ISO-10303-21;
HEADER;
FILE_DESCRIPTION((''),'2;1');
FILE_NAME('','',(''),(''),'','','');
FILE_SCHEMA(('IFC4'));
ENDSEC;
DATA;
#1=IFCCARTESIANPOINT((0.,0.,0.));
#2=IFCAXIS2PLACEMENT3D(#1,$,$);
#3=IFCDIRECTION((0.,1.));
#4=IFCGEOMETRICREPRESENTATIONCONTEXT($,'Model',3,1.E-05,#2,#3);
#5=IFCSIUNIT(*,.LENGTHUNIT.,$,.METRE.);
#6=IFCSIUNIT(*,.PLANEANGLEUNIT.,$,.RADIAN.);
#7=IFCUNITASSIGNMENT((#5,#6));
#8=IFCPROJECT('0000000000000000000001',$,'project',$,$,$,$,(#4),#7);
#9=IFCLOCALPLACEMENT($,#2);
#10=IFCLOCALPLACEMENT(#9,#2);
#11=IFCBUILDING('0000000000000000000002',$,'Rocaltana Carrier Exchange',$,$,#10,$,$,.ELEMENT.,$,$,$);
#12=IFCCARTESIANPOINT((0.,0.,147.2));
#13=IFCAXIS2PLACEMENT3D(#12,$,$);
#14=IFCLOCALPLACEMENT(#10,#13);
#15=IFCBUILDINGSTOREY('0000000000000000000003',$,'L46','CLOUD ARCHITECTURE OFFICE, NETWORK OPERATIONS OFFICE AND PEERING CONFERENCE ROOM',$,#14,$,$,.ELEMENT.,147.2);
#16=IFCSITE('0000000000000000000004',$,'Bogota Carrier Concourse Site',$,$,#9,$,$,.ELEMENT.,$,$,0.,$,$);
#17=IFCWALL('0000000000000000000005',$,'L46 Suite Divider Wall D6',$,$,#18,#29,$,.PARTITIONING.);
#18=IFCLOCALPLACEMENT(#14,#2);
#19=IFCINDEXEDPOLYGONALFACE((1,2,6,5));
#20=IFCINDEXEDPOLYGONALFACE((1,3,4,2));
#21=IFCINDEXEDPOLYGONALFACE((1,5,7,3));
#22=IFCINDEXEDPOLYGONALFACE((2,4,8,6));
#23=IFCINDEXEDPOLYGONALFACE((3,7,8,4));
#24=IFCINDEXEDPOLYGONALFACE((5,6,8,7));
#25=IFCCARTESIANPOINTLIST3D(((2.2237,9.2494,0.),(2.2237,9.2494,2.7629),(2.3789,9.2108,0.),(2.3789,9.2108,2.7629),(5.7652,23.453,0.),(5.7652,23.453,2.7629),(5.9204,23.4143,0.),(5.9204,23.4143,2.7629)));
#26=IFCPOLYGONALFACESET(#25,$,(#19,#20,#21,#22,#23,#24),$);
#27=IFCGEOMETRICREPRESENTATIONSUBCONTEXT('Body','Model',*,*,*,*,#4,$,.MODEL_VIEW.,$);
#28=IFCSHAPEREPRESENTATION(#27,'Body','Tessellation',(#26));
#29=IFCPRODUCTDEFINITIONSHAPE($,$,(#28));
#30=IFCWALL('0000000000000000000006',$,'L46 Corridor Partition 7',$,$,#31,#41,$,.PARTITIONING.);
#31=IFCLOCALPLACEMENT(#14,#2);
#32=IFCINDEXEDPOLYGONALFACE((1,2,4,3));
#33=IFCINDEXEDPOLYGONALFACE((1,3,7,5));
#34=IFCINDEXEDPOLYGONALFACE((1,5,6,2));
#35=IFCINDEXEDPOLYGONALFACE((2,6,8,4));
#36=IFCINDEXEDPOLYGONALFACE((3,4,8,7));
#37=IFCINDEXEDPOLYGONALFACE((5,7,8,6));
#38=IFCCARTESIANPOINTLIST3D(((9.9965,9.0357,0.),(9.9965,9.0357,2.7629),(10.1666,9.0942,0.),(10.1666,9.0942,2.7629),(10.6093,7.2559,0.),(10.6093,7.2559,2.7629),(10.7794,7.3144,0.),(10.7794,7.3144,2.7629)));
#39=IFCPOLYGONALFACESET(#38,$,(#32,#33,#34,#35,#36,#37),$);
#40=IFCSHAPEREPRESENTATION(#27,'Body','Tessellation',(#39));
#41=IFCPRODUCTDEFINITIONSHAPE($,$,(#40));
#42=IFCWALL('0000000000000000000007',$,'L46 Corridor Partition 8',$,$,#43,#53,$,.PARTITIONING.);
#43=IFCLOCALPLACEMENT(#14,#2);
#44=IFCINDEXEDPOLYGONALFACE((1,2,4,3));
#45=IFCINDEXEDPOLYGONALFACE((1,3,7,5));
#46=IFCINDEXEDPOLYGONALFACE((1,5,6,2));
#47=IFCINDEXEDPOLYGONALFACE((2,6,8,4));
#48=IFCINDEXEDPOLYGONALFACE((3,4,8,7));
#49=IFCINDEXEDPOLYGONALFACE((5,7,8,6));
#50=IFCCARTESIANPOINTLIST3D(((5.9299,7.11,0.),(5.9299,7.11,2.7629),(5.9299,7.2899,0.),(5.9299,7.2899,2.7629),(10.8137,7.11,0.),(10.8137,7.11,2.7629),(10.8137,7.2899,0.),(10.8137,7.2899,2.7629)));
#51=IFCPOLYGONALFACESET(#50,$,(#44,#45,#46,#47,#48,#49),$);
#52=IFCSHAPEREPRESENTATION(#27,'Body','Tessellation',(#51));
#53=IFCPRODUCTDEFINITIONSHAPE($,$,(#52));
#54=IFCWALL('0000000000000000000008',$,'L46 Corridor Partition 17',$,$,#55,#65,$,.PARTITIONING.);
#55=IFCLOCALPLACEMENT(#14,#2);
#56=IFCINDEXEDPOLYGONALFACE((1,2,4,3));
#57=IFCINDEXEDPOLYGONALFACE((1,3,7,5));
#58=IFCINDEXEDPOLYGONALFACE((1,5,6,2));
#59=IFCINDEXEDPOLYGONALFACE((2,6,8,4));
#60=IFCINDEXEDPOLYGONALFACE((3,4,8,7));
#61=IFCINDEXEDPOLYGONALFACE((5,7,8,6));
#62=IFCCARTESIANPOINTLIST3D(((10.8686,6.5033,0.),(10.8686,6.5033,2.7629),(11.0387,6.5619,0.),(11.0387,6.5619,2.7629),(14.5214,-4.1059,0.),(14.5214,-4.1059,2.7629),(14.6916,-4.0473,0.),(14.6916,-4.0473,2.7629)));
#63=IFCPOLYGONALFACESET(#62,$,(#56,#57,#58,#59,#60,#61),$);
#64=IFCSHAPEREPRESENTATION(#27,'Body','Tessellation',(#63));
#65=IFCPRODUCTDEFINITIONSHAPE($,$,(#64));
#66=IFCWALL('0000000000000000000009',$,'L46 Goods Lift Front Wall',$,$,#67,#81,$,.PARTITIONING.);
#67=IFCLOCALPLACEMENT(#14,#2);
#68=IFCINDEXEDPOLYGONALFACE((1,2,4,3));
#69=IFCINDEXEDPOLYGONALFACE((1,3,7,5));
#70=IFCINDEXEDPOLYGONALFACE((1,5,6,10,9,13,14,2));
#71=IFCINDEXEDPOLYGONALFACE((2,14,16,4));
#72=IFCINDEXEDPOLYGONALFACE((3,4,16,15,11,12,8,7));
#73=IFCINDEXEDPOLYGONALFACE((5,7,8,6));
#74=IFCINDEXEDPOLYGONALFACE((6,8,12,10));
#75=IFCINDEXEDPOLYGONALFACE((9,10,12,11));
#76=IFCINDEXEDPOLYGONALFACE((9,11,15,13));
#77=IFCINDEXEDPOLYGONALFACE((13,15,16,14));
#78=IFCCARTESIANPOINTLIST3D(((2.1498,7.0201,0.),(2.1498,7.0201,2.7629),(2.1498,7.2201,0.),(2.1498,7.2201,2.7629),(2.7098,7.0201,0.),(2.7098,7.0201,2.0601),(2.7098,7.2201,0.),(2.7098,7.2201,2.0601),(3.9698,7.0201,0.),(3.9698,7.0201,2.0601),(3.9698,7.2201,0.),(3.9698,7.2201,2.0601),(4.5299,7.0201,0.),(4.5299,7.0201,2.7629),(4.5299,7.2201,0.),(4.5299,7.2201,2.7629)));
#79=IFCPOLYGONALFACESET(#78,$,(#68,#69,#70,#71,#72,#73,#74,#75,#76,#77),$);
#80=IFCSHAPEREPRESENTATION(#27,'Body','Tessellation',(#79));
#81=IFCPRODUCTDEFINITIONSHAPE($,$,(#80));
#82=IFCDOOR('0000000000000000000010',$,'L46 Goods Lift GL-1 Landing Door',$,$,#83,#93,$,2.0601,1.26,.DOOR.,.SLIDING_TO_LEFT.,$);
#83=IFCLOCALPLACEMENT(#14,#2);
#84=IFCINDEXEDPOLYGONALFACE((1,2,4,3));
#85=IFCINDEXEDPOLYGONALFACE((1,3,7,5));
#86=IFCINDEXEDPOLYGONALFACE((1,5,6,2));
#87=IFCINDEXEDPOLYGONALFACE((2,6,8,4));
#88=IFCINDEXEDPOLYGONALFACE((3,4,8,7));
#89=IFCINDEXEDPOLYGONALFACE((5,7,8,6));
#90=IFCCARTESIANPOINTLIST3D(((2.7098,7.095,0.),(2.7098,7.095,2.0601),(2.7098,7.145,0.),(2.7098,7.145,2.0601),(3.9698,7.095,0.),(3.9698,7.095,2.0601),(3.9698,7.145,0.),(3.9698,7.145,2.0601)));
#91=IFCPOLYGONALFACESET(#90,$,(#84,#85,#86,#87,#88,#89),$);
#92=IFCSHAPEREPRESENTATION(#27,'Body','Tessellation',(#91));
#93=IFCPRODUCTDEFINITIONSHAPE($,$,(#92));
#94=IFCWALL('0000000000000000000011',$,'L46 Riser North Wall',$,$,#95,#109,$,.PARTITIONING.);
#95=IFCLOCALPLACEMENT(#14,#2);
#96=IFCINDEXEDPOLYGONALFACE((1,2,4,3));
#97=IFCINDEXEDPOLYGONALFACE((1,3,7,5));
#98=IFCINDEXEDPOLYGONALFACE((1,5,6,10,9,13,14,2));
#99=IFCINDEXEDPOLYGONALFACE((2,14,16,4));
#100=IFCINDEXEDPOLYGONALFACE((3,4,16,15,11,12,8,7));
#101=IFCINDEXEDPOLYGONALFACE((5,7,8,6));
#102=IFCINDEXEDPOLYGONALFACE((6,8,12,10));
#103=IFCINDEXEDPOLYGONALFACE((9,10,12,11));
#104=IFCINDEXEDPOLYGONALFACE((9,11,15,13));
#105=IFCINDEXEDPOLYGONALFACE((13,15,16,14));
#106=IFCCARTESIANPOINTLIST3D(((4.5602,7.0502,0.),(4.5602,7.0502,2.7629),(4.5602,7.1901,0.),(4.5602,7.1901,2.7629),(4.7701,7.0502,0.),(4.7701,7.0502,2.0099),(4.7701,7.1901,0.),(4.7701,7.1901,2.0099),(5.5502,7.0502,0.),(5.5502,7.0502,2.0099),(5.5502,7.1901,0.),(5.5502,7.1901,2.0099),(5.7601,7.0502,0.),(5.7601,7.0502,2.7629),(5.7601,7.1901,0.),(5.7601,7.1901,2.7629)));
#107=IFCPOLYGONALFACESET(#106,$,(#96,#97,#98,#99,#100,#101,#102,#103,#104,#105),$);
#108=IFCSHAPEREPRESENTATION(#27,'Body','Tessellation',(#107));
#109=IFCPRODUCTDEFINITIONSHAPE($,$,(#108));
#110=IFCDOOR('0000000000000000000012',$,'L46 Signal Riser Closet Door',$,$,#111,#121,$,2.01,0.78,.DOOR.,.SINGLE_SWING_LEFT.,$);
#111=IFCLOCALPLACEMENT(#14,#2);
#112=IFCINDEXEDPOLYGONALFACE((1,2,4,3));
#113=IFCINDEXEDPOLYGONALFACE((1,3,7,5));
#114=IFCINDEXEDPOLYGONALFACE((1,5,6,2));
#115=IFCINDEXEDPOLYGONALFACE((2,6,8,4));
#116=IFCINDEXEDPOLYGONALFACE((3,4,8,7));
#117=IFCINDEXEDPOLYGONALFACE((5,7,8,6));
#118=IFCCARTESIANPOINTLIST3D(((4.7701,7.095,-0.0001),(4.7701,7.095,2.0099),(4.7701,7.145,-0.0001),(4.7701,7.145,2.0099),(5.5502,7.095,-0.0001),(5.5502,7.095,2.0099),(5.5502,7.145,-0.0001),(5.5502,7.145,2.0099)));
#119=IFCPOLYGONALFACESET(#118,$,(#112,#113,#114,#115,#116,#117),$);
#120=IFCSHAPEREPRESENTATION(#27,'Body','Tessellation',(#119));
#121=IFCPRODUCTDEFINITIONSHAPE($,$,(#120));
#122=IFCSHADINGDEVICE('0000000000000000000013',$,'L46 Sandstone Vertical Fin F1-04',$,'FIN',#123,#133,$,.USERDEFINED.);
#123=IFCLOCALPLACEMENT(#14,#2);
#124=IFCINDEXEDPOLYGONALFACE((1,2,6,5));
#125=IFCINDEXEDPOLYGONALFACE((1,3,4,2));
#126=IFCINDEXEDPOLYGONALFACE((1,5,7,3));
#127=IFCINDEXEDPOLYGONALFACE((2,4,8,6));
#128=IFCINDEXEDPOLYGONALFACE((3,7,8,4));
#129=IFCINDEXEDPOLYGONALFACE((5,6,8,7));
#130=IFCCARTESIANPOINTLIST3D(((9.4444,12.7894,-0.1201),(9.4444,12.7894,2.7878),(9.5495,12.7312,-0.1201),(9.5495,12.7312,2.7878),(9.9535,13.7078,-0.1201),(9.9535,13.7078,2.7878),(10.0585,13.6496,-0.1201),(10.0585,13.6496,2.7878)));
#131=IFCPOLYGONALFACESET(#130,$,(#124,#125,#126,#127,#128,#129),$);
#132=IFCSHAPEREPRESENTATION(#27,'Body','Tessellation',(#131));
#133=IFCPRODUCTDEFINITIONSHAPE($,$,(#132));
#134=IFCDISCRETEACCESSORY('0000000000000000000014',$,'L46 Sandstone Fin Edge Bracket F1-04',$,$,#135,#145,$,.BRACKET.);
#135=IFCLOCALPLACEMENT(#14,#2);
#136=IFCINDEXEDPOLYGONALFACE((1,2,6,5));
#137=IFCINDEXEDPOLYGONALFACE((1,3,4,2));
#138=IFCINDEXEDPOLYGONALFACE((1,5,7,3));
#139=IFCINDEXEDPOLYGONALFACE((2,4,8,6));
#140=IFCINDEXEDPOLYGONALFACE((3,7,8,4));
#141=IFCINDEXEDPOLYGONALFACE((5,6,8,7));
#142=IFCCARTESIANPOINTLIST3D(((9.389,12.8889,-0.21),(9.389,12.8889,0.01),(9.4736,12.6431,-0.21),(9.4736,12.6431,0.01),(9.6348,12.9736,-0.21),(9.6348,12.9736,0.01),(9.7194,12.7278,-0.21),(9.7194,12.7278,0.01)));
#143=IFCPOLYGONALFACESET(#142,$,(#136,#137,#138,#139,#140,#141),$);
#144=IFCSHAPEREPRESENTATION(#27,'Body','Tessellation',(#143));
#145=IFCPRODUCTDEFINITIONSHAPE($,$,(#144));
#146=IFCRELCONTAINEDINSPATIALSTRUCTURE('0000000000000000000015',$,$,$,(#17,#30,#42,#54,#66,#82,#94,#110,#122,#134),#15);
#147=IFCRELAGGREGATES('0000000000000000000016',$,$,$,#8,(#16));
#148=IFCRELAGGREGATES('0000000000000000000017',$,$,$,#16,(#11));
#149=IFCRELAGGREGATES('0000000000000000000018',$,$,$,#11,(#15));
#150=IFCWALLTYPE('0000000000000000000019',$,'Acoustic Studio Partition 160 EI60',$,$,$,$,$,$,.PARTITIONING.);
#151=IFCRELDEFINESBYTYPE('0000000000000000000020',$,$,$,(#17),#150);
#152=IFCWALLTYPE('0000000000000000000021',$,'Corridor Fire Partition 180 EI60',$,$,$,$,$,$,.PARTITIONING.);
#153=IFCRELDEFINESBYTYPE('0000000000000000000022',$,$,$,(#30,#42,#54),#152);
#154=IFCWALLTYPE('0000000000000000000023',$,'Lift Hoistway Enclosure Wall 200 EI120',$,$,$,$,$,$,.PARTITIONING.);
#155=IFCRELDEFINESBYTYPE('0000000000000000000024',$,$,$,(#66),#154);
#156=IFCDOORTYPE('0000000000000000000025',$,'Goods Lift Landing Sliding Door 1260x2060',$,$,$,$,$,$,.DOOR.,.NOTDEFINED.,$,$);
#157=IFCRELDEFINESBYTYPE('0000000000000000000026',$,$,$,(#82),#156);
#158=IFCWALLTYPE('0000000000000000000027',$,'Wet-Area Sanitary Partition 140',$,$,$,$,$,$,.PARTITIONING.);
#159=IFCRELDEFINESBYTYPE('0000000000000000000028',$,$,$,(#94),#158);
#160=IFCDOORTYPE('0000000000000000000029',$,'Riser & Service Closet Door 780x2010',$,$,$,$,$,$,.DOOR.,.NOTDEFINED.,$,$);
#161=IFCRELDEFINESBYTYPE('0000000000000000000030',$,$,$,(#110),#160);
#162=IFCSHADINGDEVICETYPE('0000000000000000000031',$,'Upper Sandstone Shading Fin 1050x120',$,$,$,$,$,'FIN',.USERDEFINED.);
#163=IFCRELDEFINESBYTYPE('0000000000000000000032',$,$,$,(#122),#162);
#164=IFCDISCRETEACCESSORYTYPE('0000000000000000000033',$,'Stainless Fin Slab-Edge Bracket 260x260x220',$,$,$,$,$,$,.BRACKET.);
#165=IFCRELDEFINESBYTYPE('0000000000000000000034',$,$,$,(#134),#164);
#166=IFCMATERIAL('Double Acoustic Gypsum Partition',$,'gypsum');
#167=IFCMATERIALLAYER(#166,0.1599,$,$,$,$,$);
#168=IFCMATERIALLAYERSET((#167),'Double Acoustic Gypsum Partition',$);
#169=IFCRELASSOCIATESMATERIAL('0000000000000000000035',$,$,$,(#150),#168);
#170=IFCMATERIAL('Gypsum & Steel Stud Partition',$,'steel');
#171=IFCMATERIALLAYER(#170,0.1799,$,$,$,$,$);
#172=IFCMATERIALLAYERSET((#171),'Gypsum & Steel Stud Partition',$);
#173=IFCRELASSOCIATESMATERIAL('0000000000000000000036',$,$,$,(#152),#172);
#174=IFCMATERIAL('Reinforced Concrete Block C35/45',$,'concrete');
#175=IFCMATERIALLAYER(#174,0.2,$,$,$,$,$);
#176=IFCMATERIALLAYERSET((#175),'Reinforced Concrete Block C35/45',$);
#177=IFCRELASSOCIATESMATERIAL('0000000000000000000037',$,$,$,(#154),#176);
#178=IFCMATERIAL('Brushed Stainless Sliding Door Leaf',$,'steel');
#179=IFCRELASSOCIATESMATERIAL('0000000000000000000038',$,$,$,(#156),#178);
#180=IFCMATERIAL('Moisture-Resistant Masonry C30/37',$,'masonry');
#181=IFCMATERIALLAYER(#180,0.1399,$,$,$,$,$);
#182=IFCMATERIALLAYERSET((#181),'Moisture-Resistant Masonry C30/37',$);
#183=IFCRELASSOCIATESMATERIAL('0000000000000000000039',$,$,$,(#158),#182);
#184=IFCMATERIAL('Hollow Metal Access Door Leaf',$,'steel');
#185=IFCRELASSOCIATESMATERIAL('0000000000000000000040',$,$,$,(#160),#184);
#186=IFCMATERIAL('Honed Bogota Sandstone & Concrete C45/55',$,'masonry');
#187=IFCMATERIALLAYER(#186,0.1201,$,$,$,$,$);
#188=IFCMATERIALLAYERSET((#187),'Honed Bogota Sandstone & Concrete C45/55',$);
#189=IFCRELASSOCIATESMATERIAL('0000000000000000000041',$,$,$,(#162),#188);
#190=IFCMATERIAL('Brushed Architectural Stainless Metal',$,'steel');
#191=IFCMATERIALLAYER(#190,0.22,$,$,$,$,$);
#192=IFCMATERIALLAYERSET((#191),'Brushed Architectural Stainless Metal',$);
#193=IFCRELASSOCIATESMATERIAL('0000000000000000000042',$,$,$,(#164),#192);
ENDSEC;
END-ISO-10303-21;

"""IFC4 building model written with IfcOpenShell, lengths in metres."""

from ifc_helpers import new_model, si_unit, direction, frame, frame_2d, origin, origin_2d, place, context, subcontext, project, spatial, rectangle, extrude, material, layer, layer_set, type_object, element, fill, save


model = new_model("IFC4")

# Units and contexts
model_context = context("Model", 3, precision=1e-05, world=origin(), true_north=direction((0.0, 1.0)))
body_context = subcontext(model_context, "Body", "Model", "MODEL_VIEW")
ifc_project = project(units=[si_unit("LENGTHUNIT", "METRE"), si_unit("PLANEANGLEUNIT", "RADIAN")], contexts=[model_context])

# Site, building, storey
site_placement = place(None, origin())
site = spatial("IfcSite", under=ifc_project, at=site_placement, Name="Bogota Carrier Concourse Site", CompositionType="ELEMENT", RefElevation=0.0)
building_placement = place(site_placement, origin())
building = spatial("IfcBuilding", under=site, at=building_placement, Name="Rocaltana Carrier Exchange", CompositionType="ELEMENT")
storey_placement = place(building_placement, frame((0.0, 0.0, 147.2)))
storey = spatial("IfcBuildingStorey", under=building, at=storey_placement, Name="L46", Description="CLOUD ARCHITECTURE OFFICE, NETWORK OPERATIONS OFFICE AND PEERING CONFERENCE ROOM", CompositionType="ELEMENT", Elevation=147.2)

# Walls
ifc_material_1 = material(Name="Double Acoustic Gypsum Partition", Category="gypsum")
ifc_layer_1 = layer(ifc_material_1, 0.1599)
ifc_layer_set_1 = layer_set([ifc_layer_1], Name="Double Acoustic Gypsum Partition")
wall_type_1 = type_object("IfcWallType", Name="Acoustic Studio Partition 160 EI60", PredefinedType="PARTITIONING", material=ifc_layer_set_1)
wall_1_placement = place(storey_placement, frame((2.3013, 9.23, 0.0), z_axis=(0.0, 0.0, 1.0), x_axis=(0.241931, 0.970293, 0.0)))
element("IfcWall", 1, at=wall_1_placement, inside=storey, type_object=wall_type_1, Name="L46 Suite Divider Wall D6", PredefinedType="PARTITIONING", context=body_context, shape_type="SweptSolid", body=[
    extrude(rectangle(XDim=14.6384, YDim=0.1599, at=frame_2d((7.3193, 0.0))), origin(), (0.0, 0.0, 1.0), 2.7629),
])
ifc_material_2 = material(Name="Gypsum & Steel Stud Partition", Category="steel")
ifc_layer_2 = layer(ifc_material_2, 0.1799)
ifc_layer_set_2 = layer_set([ifc_layer_2], Name="Gypsum & Steel Stud Partition")
wall_type_2 = type_object("IfcWallType", Name="Corridor Fire Partition 180 EI60", PredefinedType="PARTITIONING", material=ifc_layer_set_2)
wall_2_placement = place(storey_placement, frame((10.0815, 9.0649, 0.0), z_axis=(0.0, 0.0, 1.0), x_axis=(0.325551, -0.945524, 0.0)))
element("IfcWall", 2, at=wall_2_placement, inside=storey, type_object=wall_type_2, Name="L46 Corridor Partition 7", PredefinedType="PARTITIONING", context=body_context, shape_type="SweptSolid", body=[
    extrude(rectangle(XDim=1.8823, YDim=0.1799, at=frame_2d((0.9412, 0.0))), origin(), (0.0, 0.0, 1.0), 2.7629),
])
wall_3_placement = place(storey_placement, frame((10.8137, 7.2, 0.0), z_axis=(0.0, 0.0, 1.0), x_axis=(-1.0, 0.0, 0.0)))
element("IfcWall", 3, at=wall_3_placement, inside=storey, type_object=wall_type_2, Name="L46 Corridor Partition 8", PredefinedType="PARTITIONING", context=body_context, shape_type="SweptSolid", body=[
    extrude(rectangle(XDim=4.8838, YDim=0.1799, at=frame_2d((2.4419, 0.0))), origin(), (0.0, 0.0, 1.0), 2.7629),
])
wall_4_placement = place(storey_placement, frame((10.9536, 6.5327, 0.0), z_axis=(0.0, 0.0, 1.0), x_axis=(0.325553, -0.945524, 0.0)))
element("IfcWall", 4, at=wall_4_placement, inside=storey, type_object=wall_type_2, Name="L46 Corridor Partition 17", PredefinedType="PARTITIONING", context=body_context, shape_type="SweptSolid", body=[
    extrude(rectangle(XDim=11.2205, YDim=0.1799, at=frame_2d((5.6104, 0.0))), origin(), (0.0, 0.0, 1.0), 2.7629),
])

# Walls, openings, doors
ifc_material_3 = material(Name="Reinforced Concrete Block C35/45", Category="concrete")
ifc_layer_3 = layer(ifc_material_3, 0.2)
ifc_layer_set_3 = layer_set([ifc_layer_3], Name="Reinforced Concrete Block C35/45")
wall_type_3 = type_object("IfcWallType", Name="Lift Hoistway Enclosure Wall 200 EI120", PredefinedType="PARTITIONING", material=ifc_layer_set_3)
wall_5_placement = place(storey_placement, frame((2.1499, 7.1201, 0.0), z_axis=(0.0, 0.0, 1.0), x_axis=(1.0, 0.0, 0.0)))
wall_5 = element("IfcWall", 5, at=wall_5_placement, inside=storey, type_object=wall_type_3, Name="L46 Goods Lift Front Wall", PredefinedType="PARTITIONING", context=body_context, shape_type="SweptSolid", body=[
    extrude(rectangle(XDim=2.3801, YDim=0.2, at=frame_2d((1.1899, 0.0))), origin(), (0.0, 0.0, 1.0), 2.7629),
])
opening_1_placement = place(wall_5_placement, frame((0.5601, 0.0, 0.0)))
opening_1 = element("IfcOpeningElement", 6, at=opening_1_placement, cuts=wall_5, PredefinedType="OPENING", context=body_context, shape_type="SweptSolid", body=[
    extrude(rectangle(XDim=1.26, YDim=2.0601, at=frame_2d((0.6299, 1.03))), frame((0.0, 0.1099, 0.0), z_axis=(0.0, -1.0, 0.0), x_axis=(1.0, 0.0, 0.0)), (0.0, 0.0, 1.0), 0.22),
])
ifc_material_4 = material(Name="Brushed Stainless Sliding Door Leaf", Category="steel")
door_type_1 = type_object("IfcDoorType", Name="Goods Lift Landing Sliding Door 1260x2060", OperationType="NOTDEFINED", PredefinedType="DOOR", material=ifc_material_4)
door_1_placement = place(opening_1_placement, origin())
door_1 = element("IfcDoor", 7, at=door_1_placement, inside=storey, type_object=door_type_1, Name="L46 Goods Lift GL-1 Landing Door", OperationType="SLIDING_TO_LEFT", OverallHeight=2.0601, OverallWidth=1.26, PredefinedType="DOOR", context=body_context, shape_type="SweptSolid", body=[
    extrude(rectangle(XDim=1.26, YDim=2.0601, at=frame_2d((0.6299, 1.03))), frame((0.0, 0.0249, 0.0), z_axis=(0.0, -1.0, 0.0), x_axis=(1.0, 0.0, 0.0)), (0.0, 0.0, 1.0), 0.05),
])
fill(opening_1, door_1)
ifc_material_5 = material(Name="Moisture-Resistant Masonry C30/37", Category="masonry")
ifc_layer_4 = layer(ifc_material_5, 0.1399)
ifc_layer_set_4 = layer_set([ifc_layer_4], Name="Moisture-Resistant Masonry C30/37")
wall_type_4 = type_object("IfcWallType", Name="Wet-Area Sanitary Partition 140", PredefinedType="PARTITIONING", material=ifc_layer_set_4)
wall_6_placement = place(storey_placement, frame((4.5601, 7.1201, 0.0), z_axis=(0.0, 0.0, 1.0), x_axis=(1.0, 0.0, 0.0)))
wall_6 = element("IfcWall", 8, at=wall_6_placement, inside=storey, type_object=wall_type_4, Name="L46 Riser North Wall", PredefinedType="PARTITIONING", context=body_context, shape_type="SweptSolid", body=[
    extrude(rectangle(XDim=1.2, YDim=0.1399, at=frame_2d((0.6001, 0.0))), origin(), (0.0, 0.0, 1.0), 2.7629),
])
opening_2_placement = place(wall_6_placement, frame((0.21, 0.0, 0.0)))
opening_2 = element("IfcOpeningElement", 9, at=opening_2_placement, cuts=wall_6, PredefinedType="OPENING", context=body_context, shape_type="SweptSolid", body=[
    extrude(rectangle(XDim=0.78, YDim=2.01, at=frame_2d((0.3901, 1.0049))), frame((0.0, 0.0798, 0.0), z_axis=(0.0, -1.0, 0.0), x_axis=(1.0, 0.0, 0.0)), (0.0, 0.0, 1.0), 0.1599),
])
ifc_material_6 = material(Name="Hollow Metal Access Door Leaf", Category="steel")
door_type_2 = type_object("IfcDoorType", Name="Riser & Service Closet Door 780x2010", OperationType="NOTDEFINED", PredefinedType="DOOR", material=ifc_material_6)
door_2_placement = place(opening_2_placement, origin())
door_2 = element("IfcDoor", 10, at=door_2_placement, inside=storey, type_object=door_type_2, Name="L46 Signal Riser Closet Door", OperationType="SINGLE_SWING_LEFT", OverallHeight=2.01, OverallWidth=0.78, PredefinedType="DOOR", context=body_context, shape_type="SweptSolid", body=[
    extrude(rectangle(XDim=0.78, YDim=2.01, at=frame_2d((0.3901, 1.0049))), frame((0.0, 0.0249, 0.0), z_axis=(0.0, -1.0, 0.0), x_axis=(1.0, 0.0, 0.0)), (0.0, 0.0, 1.0), 0.05),
])
fill(opening_2, door_2)

# Shading device
ifc_material_7 = material(Name="Honed Bogota Sandstone & Concrete C45/55", Category="masonry")
ifc_layer_5 = layer(ifc_material_7, 0.1201)
ifc_layer_set_5 = layer_set([ifc_layer_5], Name="Honed Bogota Sandstone & Concrete C45/55")
shading_device_type = type_object("IfcShadingDeviceType", Name="Upper Sandstone Shading Fin 1050x120", ElementType="FIN", PredefinedType="USERDEFINED", material=ifc_layer_set_5)
shading_device_placement = place(storey_placement, frame((9.7515, 13.2195, -0.1201), z_axis=(0.0, 0.0, 1.0), x_axis=(0.48481, 0.87462, 0.0)))
element("IfcShadingDevice", 11, at=shading_device_placement, inside=storey, type_object=shading_device_type, Name="L46 Sandstone Vertical Fin F1-04", ObjectType="FIN", PredefinedType="USERDEFINED", context=body_context, shape_type="SweptSolid", body=[
    extrude(rectangle(XDim=1.05, YDim=0.1201, at=origin_2d()), origin(), (0.0, 0.0, 1.0), 2.908),
])

# Discrete accessory
ifc_material_8 = material(Name="Brushed Architectural Stainless Metal", Category="steel")
ifc_layer_6 = layer(ifc_material_8, 0.22)
ifc_layer_set_6 = layer_set([ifc_layer_6], Name="Brushed Architectural Stainless Metal")
discrete_accessory_type = type_object("IfcDiscreteAccessoryType", Name="Stainless Fin Slab-Edge Bracket 260x260x220", PredefinedType="BRACKET", material=ifc_layer_set_6)
discrete_accessory_placement = place(storey_placement, frame((9.5542, 12.8083, -0.21), z_axis=(0.0, 0.0, 1.0), x_axis=(-0.325568, 0.945519, 0.0)))
element("IfcDiscreteAccessory", 12, at=discrete_accessory_placement, inside=storey, type_object=discrete_accessory_type, Name="L46 Sandstone Fin Edge Bracket F1-04", PredefinedType="BRACKET", context=body_context, shape_type="SweptSolid", body=[
    extrude(rectangle(XDim=0.26, YDim=0.26, at=origin_2d()), origin(), (0.0, 0.0, 1.0), 0.22),
])

save(model, "model.ifc")
